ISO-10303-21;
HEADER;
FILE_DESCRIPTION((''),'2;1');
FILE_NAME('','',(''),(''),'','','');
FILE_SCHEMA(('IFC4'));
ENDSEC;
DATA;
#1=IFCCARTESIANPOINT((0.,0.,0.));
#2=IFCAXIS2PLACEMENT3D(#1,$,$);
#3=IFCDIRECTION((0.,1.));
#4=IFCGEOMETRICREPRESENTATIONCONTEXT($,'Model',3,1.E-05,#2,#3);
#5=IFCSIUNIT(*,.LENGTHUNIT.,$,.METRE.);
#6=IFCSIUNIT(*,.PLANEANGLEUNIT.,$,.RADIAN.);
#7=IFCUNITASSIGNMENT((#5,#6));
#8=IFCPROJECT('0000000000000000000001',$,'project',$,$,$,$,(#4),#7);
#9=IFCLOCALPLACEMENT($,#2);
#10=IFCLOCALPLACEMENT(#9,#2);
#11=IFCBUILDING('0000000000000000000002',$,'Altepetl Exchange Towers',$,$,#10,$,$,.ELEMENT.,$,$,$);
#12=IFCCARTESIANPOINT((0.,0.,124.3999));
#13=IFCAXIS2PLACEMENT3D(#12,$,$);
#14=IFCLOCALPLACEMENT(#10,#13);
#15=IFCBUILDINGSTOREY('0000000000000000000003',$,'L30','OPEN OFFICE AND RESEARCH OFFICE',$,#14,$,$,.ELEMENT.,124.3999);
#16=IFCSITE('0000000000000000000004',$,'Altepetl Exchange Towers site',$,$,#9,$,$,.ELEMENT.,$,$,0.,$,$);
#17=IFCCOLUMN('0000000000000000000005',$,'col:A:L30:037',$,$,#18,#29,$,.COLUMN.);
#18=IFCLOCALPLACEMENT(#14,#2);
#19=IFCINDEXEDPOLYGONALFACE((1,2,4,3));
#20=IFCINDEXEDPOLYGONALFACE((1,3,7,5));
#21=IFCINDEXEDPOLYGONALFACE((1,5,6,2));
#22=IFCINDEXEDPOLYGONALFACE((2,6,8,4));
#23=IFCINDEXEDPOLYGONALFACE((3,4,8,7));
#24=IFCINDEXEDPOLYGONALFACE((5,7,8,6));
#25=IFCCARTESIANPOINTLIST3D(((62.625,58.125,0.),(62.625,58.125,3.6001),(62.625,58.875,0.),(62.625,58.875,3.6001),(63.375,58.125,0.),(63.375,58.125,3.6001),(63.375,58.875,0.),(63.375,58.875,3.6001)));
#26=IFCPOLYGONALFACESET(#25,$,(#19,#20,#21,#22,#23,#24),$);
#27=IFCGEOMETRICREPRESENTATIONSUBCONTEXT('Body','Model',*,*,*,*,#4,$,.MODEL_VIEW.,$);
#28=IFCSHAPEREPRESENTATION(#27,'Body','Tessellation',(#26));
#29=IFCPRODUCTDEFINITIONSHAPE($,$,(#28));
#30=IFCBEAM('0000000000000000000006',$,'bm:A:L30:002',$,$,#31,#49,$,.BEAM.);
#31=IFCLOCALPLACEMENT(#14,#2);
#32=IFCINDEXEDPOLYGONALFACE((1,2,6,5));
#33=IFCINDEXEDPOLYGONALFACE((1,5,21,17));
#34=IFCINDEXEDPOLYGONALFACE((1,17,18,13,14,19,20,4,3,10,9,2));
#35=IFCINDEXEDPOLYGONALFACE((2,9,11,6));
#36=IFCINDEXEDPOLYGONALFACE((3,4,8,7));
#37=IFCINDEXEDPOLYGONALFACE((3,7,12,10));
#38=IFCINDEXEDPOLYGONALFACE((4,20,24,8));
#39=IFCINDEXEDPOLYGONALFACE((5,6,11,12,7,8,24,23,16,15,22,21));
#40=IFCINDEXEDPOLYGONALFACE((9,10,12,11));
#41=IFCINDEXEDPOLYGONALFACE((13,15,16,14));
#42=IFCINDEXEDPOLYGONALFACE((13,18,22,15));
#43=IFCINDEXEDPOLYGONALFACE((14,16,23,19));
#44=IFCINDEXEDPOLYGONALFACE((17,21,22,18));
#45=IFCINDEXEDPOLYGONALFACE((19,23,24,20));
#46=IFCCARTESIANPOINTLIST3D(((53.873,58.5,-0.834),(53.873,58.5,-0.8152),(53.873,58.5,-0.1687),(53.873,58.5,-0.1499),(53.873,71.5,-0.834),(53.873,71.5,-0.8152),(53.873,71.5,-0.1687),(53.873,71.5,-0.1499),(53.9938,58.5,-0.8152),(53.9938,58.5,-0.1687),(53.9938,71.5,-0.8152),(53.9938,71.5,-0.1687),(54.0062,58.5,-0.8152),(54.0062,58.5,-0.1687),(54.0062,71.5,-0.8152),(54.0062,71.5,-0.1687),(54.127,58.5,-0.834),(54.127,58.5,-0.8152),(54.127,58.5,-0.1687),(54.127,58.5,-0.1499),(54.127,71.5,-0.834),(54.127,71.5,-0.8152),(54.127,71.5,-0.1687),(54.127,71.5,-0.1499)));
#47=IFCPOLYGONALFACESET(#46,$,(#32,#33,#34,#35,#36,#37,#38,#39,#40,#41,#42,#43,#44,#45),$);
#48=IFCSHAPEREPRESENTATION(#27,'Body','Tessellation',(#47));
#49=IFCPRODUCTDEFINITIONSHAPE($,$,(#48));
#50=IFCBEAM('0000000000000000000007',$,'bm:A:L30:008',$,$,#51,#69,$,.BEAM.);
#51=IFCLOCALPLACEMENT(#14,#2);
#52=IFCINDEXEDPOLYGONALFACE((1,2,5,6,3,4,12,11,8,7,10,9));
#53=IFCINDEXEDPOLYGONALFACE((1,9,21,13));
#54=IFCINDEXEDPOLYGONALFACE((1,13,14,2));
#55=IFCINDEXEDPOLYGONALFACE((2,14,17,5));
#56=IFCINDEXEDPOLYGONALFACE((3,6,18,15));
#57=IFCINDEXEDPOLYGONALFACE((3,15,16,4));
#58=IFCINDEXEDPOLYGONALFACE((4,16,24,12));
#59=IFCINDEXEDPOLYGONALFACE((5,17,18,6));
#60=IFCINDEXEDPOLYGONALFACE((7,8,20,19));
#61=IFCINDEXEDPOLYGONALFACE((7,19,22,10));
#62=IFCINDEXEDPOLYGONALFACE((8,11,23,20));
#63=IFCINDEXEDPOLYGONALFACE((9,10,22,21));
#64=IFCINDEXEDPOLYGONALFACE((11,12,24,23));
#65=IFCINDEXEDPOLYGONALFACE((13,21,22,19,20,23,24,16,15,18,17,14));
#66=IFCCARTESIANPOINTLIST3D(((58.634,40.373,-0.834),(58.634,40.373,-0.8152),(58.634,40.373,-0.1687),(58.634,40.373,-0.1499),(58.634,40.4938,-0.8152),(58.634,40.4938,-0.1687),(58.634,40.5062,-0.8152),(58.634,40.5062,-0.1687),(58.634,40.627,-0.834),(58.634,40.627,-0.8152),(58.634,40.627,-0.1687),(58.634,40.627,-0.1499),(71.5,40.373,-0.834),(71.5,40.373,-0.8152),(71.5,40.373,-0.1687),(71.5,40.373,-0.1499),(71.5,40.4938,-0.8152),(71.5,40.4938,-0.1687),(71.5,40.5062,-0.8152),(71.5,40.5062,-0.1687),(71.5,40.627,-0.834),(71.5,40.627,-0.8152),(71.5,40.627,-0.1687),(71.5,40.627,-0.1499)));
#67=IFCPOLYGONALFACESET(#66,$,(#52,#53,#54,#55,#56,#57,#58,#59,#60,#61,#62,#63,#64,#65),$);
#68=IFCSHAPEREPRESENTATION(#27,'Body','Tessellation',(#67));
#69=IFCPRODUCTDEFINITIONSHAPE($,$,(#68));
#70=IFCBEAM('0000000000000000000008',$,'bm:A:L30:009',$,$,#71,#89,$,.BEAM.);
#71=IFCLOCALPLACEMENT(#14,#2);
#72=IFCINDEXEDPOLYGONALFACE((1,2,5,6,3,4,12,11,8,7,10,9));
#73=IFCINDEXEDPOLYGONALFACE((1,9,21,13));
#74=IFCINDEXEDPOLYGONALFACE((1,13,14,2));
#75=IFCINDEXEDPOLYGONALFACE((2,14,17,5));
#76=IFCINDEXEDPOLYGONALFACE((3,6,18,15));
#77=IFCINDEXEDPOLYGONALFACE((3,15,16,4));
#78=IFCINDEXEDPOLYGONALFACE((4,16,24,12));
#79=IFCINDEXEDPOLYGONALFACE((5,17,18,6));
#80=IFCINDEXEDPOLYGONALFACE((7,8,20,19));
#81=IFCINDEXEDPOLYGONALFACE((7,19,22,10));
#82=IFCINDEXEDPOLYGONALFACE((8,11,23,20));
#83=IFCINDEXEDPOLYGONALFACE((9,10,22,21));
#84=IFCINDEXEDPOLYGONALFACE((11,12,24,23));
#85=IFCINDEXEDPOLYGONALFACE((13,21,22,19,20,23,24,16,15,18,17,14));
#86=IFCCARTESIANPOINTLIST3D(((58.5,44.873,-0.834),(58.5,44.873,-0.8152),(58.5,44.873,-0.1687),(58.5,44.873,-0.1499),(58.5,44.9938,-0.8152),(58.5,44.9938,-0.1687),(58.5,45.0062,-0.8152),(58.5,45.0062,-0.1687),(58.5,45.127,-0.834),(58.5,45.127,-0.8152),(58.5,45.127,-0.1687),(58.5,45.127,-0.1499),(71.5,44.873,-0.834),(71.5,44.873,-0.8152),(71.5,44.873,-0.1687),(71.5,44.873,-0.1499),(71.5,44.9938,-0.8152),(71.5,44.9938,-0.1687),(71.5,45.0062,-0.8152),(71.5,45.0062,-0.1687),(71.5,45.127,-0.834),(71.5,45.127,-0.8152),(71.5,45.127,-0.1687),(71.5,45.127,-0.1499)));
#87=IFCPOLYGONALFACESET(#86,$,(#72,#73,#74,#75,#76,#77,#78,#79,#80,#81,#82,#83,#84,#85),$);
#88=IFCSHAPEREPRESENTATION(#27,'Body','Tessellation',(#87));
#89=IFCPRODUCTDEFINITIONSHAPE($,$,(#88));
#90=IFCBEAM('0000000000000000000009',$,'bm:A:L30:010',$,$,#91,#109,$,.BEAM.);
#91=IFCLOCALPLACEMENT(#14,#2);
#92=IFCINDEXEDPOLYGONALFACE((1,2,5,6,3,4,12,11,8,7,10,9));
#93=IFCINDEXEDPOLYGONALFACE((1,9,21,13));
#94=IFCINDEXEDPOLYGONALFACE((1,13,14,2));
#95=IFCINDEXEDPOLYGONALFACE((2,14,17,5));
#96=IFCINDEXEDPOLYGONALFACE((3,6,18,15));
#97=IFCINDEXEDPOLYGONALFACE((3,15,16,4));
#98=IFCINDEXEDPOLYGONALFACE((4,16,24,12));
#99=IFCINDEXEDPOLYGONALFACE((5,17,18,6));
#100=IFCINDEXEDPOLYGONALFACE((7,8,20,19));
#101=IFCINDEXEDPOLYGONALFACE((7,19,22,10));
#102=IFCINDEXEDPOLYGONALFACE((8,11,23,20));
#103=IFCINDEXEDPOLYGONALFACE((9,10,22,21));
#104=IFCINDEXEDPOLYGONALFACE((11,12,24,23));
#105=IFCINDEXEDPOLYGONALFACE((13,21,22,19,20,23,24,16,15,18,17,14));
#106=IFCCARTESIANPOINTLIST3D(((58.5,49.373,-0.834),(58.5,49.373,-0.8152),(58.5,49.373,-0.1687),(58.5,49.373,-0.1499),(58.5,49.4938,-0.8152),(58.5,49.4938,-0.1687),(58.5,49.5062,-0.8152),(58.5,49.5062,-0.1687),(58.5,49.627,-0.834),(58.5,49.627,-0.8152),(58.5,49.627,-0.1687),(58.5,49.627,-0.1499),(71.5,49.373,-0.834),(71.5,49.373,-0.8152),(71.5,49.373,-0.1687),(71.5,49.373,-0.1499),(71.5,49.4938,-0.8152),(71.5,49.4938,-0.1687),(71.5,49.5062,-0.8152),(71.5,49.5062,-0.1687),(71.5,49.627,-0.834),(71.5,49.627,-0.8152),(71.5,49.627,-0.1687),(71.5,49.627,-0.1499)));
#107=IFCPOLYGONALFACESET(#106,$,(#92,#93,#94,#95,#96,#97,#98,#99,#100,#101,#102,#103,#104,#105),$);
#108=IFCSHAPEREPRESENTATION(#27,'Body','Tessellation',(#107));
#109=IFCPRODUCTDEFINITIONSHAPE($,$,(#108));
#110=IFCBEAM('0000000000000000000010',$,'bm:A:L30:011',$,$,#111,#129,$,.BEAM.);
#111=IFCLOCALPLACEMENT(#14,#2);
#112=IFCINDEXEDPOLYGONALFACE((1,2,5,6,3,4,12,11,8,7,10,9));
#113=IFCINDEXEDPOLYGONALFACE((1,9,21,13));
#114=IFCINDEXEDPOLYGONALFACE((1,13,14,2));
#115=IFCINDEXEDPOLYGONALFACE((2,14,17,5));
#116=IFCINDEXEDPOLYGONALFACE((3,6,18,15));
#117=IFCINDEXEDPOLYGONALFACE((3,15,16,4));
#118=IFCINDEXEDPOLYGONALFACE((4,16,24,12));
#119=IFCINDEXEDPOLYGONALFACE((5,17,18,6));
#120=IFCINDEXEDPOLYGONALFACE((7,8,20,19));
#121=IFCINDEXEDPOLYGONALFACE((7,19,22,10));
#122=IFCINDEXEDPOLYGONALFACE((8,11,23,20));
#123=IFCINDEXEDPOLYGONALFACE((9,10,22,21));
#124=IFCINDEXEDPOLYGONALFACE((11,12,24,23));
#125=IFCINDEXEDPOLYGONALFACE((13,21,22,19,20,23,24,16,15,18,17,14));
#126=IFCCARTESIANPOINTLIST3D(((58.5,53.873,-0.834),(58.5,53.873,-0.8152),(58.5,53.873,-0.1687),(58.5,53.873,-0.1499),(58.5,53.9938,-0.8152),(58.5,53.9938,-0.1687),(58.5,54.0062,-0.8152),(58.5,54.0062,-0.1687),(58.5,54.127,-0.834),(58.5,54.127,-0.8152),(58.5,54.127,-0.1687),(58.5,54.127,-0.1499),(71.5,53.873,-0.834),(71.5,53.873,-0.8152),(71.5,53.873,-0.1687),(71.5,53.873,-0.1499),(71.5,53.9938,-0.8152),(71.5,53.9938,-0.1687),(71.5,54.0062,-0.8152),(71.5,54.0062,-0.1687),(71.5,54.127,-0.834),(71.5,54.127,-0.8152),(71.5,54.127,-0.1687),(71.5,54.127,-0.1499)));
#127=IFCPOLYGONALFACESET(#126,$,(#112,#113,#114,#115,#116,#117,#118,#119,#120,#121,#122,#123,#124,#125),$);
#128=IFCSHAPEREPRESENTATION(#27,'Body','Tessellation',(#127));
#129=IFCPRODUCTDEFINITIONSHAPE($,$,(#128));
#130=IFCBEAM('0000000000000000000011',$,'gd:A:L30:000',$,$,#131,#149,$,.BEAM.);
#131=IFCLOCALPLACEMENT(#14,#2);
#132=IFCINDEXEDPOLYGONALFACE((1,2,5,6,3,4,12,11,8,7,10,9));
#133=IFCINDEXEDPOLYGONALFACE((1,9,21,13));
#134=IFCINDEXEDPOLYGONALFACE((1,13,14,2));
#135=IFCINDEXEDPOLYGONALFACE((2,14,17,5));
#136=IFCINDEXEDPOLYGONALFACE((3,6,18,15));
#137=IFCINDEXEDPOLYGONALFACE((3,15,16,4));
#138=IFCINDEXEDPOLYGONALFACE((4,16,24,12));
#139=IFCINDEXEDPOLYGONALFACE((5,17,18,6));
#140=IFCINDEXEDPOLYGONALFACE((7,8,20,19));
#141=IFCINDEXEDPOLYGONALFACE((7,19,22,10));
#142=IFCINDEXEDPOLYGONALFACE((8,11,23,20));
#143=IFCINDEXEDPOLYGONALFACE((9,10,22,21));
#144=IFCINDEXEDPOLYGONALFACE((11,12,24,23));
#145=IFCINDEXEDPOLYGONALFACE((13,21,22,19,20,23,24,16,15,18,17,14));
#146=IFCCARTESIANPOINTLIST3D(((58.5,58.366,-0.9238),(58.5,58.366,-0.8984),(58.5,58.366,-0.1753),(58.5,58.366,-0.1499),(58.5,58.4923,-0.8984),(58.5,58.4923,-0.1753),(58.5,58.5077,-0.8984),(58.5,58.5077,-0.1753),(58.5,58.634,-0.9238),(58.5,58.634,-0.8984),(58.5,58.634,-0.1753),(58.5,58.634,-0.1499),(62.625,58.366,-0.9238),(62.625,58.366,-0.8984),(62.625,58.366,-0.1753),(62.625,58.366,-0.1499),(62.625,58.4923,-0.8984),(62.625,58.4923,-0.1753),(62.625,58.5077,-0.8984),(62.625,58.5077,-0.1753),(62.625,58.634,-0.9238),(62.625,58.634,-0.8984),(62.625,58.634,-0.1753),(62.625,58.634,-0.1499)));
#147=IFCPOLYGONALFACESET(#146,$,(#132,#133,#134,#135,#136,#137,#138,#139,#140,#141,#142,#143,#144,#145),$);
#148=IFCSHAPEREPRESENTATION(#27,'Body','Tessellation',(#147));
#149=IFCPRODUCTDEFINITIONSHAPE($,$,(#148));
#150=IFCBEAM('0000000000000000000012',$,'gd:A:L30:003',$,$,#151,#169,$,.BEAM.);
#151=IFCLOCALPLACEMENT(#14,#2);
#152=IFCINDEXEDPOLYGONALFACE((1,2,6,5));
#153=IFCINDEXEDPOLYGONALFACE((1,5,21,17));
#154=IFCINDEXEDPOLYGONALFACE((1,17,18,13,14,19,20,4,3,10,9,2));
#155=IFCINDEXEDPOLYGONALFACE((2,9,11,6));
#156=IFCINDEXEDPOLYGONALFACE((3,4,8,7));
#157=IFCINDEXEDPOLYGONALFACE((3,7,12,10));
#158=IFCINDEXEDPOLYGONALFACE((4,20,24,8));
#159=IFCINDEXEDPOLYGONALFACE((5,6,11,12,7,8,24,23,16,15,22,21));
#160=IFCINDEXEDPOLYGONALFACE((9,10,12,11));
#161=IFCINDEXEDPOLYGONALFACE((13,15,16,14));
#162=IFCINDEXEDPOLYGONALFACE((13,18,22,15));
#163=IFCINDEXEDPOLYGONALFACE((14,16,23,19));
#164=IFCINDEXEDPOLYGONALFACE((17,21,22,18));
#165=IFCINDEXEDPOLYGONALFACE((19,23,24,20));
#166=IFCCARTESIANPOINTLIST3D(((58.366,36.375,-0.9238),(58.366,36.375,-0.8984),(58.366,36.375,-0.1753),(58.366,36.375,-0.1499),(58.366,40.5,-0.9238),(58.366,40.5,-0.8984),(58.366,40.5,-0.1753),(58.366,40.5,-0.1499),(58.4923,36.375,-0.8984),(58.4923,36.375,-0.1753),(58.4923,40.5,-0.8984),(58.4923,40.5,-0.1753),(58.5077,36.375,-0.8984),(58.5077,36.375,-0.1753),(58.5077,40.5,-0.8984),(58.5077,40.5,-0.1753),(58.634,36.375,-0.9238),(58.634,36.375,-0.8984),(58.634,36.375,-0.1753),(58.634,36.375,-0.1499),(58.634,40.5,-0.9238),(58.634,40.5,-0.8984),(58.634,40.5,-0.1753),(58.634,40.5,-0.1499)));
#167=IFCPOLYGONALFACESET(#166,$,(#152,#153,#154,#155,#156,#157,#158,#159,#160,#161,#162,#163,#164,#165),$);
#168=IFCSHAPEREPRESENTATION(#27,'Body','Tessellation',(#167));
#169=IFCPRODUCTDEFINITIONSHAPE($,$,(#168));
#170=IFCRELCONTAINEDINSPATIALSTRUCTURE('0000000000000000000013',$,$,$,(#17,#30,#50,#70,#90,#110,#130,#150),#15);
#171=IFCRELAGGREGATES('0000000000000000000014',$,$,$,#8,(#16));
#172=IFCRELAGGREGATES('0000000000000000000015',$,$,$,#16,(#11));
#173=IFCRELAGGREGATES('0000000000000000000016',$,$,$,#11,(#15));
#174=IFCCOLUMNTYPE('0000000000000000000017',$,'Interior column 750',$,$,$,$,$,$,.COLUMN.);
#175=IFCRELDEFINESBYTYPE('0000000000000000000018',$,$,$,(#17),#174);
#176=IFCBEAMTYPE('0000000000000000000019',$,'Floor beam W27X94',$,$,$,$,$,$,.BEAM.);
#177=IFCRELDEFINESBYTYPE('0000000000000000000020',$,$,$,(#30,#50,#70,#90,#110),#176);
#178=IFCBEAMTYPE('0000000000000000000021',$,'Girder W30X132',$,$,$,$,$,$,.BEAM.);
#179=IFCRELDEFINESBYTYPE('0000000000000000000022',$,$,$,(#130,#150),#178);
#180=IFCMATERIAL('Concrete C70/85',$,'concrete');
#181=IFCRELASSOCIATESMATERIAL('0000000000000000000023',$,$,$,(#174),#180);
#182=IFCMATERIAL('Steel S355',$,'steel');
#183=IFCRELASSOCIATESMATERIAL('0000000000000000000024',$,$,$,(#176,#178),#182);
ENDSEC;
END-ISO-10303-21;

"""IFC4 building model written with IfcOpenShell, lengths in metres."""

from ifc_helpers import new_model, si_unit, direction, frame, origin, origin_2d, place, context, subcontext, project, spatial, rectangle, i_section, extrude, material, material_profile, profile_set, type_object, element, save


model = new_model("IFC4")

# Units and contexts
model_context = context("Model", 3, precision=1e-05, world=origin(), true_north=direction((0.0, 1.0)))
body_context = subcontext(model_context, "Body", "Model", "MODEL_VIEW")
ifc_project = project(units=[si_unit("LENGTHUNIT", "METRE"), si_unit("PLANEANGLEUNIT", "RADIAN")], contexts=[model_context])

# Site, building, storey
site_placement = place(None, origin())
site = spatial("IfcSite", under=ifc_project, at=site_placement, Name="Altepetl Exchange Towers site", CompositionType="ELEMENT", RefElevation=0.0)
building_placement = place(site_placement, origin())
building = spatial("IfcBuilding", under=site, at=building_placement, Name="Altepetl Exchange Towers", CompositionType="ELEMENT")
storey_placement = place(building_placement, frame((0.0, 0.0, 124.3999)))
storey = spatial("IfcBuildingStorey", under=building, at=storey_placement, Name="L30", Description="OPEN OFFICE AND RESEARCH OFFICE", CompositionType="ELEMENT", Elevation=124.3999)

# Column
ifc_material_1 = material(Name="Concrete C70/85", Category="concrete")
ifc_material_profile_1 = material_profile(ifc_material_1, rectangle(XDim=0.75, YDim=0.75, at=origin_2d()), Name="750 x 750")
ifc_profile_set_1 = profile_set([ifc_material_profile_1], Name="Concrete C70/85")
column_type = type_object("IfcColumnType", Name="Interior column 750", PredefinedType="COLUMN", material=ifc_profile_set_1)
column_placement = place(storey_placement, frame((63.0, 58.5, 0.0)))
element("IfcColumn", 1, at=column_placement, inside=storey, type_object=column_type, Name="col:A:L30:037", PredefinedType="COLUMN", context=body_context, shape_type="SweptSolid", body=[
    extrude(rectangle(XDim=0.75, YDim=0.75, at=origin_2d()), origin(), (0.0, 0.0, 1.0), 3.6001),
])

# Beams
ifc_material_2 = material(Name="Steel S355", Category="steel")
ifc_material_profile_2 = material_profile(ifc_material_2, i_section(OverallWidth=0.2539, OverallDepth=0.6841, WebThickness=0.0125, FlangeThickness=0.0188, at=origin_2d()), Name="W27X94")
ifc_profile_set_2 = profile_set([ifc_material_profile_2], Name="Steel S355")
beam_type_1 = type_object("IfcBeamType", Name="Floor beam W27X94", PredefinedType="BEAM", material=ifc_profile_set_2)
beam_1_placement = place(storey_placement, frame((54.0, 58.5, -0.4919), z_axis=(0.0, 1.0, 0.0), x_axis=(-1.0, 0.0, 0.0)))
element("IfcBeam", 2, at=beam_1_placement, inside=storey, type_object=beam_type_1, Name="bm:A:L30:002", PredefinedType="BEAM", context=body_context, shape_type="SweptSolid", body=[
    extrude(i_section(OverallWidth=0.2539, OverallDepth=0.6841, WebThickness=0.0125, FlangeThickness=0.0188, at=origin_2d()), origin(), (0.0, 0.0, 1.0), 13.0),
])
beam_2_placement = place(storey_placement, frame((58.634, 40.5, -0.4919), z_axis=(1.0, 0.0, 0.0), x_axis=(0.0, 1.0, 0.0)))
element("IfcBeam", 3, at=beam_2_placement, inside=storey, type_object=beam_type_1, Name="bm:A:L30:008", PredefinedType="BEAM", context=body_context, shape_type="SweptSolid", body=[
    extrude(i_section(OverallWidth=0.2539, OverallDepth=0.6841, WebThickness=0.0125, FlangeThickness=0.0188, at=origin_2d()), origin(), (0.0, 0.0, 1.0), 12.866),
])
for number, where, z_axis, x_axis, name in (
    (4, (58.5, 45.0, -0.4919), (1.0, 0.0, 0.0), (0.0, 1.0, 0.0), "bm:A:L30:009"),
    (5, (58.5, 49.5, -0.4919), (1.0, 0.0, 0.0), (0.0, 1.0, 0.0), "bm:A:L30:010"),
    (6, (58.5, 54.0, -0.4919), (1.0, 0.0, 0.0), (0.0, 1.0, 0.0), "bm:A:L30:011"),
):
    element("IfcBeam", number, at=place(storey_placement, frame(where, z_axis=z_axis, x_axis=x_axis)), inside=storey, type_object=beam_type_1, Name=name, PredefinedType="BEAM", context=body_context, shape_type="SweptSolid", body=[
        extrude(i_section(OverallWidth=0.2539, OverallDepth=0.6841, WebThickness=0.0125, FlangeThickness=0.0188, at=origin_2d()), origin(), (0.0, 0.0, 1.0), 13.0),
    ])
ifc_material_profile_3 = material_profile(ifc_material_2, i_section(OverallWidth=0.2681, OverallDepth=0.7739, WebThickness=0.0154, FlangeThickness=0.0254, at=origin_2d()), Name="W30X132")
ifc_profile_set_3 = profile_set([ifc_material_profile_3], Name="Steel S355")
beam_type_2 = type_object("IfcBeamType", Name="Girder W30X132", PredefinedType="BEAM", material=ifc_profile_set_3)
for number, where, z_axis, x_axis, name in (
    (7, (58.5, 58.5, -0.5369), (1.0, 0.0, 0.0), (0.0, 1.0, 0.0), "gd:A:L30:000"),
    (8, (58.5, 40.5, -0.5369), (0.0, -1.0, 0.0), (1.0, 0.0, 0.0), "gd:A:L30:003"),
):
    element("IfcBeam", number, at=place(storey_placement, frame(where, z_axis=z_axis, x_axis=x_axis)), inside=storey, type_object=beam_type_2, Name=name, PredefinedType="BEAM", context=body_context, shape_type="SweptSolid", body=[
        extrude(i_section(OverallWidth=0.2681, OverallDepth=0.7739, WebThickness=0.0154, FlangeThickness=0.0254, at=origin_2d()), origin(), (0.0, 0.0, 1.0), 4.125),
    ])

save(model, "model.ifc")
